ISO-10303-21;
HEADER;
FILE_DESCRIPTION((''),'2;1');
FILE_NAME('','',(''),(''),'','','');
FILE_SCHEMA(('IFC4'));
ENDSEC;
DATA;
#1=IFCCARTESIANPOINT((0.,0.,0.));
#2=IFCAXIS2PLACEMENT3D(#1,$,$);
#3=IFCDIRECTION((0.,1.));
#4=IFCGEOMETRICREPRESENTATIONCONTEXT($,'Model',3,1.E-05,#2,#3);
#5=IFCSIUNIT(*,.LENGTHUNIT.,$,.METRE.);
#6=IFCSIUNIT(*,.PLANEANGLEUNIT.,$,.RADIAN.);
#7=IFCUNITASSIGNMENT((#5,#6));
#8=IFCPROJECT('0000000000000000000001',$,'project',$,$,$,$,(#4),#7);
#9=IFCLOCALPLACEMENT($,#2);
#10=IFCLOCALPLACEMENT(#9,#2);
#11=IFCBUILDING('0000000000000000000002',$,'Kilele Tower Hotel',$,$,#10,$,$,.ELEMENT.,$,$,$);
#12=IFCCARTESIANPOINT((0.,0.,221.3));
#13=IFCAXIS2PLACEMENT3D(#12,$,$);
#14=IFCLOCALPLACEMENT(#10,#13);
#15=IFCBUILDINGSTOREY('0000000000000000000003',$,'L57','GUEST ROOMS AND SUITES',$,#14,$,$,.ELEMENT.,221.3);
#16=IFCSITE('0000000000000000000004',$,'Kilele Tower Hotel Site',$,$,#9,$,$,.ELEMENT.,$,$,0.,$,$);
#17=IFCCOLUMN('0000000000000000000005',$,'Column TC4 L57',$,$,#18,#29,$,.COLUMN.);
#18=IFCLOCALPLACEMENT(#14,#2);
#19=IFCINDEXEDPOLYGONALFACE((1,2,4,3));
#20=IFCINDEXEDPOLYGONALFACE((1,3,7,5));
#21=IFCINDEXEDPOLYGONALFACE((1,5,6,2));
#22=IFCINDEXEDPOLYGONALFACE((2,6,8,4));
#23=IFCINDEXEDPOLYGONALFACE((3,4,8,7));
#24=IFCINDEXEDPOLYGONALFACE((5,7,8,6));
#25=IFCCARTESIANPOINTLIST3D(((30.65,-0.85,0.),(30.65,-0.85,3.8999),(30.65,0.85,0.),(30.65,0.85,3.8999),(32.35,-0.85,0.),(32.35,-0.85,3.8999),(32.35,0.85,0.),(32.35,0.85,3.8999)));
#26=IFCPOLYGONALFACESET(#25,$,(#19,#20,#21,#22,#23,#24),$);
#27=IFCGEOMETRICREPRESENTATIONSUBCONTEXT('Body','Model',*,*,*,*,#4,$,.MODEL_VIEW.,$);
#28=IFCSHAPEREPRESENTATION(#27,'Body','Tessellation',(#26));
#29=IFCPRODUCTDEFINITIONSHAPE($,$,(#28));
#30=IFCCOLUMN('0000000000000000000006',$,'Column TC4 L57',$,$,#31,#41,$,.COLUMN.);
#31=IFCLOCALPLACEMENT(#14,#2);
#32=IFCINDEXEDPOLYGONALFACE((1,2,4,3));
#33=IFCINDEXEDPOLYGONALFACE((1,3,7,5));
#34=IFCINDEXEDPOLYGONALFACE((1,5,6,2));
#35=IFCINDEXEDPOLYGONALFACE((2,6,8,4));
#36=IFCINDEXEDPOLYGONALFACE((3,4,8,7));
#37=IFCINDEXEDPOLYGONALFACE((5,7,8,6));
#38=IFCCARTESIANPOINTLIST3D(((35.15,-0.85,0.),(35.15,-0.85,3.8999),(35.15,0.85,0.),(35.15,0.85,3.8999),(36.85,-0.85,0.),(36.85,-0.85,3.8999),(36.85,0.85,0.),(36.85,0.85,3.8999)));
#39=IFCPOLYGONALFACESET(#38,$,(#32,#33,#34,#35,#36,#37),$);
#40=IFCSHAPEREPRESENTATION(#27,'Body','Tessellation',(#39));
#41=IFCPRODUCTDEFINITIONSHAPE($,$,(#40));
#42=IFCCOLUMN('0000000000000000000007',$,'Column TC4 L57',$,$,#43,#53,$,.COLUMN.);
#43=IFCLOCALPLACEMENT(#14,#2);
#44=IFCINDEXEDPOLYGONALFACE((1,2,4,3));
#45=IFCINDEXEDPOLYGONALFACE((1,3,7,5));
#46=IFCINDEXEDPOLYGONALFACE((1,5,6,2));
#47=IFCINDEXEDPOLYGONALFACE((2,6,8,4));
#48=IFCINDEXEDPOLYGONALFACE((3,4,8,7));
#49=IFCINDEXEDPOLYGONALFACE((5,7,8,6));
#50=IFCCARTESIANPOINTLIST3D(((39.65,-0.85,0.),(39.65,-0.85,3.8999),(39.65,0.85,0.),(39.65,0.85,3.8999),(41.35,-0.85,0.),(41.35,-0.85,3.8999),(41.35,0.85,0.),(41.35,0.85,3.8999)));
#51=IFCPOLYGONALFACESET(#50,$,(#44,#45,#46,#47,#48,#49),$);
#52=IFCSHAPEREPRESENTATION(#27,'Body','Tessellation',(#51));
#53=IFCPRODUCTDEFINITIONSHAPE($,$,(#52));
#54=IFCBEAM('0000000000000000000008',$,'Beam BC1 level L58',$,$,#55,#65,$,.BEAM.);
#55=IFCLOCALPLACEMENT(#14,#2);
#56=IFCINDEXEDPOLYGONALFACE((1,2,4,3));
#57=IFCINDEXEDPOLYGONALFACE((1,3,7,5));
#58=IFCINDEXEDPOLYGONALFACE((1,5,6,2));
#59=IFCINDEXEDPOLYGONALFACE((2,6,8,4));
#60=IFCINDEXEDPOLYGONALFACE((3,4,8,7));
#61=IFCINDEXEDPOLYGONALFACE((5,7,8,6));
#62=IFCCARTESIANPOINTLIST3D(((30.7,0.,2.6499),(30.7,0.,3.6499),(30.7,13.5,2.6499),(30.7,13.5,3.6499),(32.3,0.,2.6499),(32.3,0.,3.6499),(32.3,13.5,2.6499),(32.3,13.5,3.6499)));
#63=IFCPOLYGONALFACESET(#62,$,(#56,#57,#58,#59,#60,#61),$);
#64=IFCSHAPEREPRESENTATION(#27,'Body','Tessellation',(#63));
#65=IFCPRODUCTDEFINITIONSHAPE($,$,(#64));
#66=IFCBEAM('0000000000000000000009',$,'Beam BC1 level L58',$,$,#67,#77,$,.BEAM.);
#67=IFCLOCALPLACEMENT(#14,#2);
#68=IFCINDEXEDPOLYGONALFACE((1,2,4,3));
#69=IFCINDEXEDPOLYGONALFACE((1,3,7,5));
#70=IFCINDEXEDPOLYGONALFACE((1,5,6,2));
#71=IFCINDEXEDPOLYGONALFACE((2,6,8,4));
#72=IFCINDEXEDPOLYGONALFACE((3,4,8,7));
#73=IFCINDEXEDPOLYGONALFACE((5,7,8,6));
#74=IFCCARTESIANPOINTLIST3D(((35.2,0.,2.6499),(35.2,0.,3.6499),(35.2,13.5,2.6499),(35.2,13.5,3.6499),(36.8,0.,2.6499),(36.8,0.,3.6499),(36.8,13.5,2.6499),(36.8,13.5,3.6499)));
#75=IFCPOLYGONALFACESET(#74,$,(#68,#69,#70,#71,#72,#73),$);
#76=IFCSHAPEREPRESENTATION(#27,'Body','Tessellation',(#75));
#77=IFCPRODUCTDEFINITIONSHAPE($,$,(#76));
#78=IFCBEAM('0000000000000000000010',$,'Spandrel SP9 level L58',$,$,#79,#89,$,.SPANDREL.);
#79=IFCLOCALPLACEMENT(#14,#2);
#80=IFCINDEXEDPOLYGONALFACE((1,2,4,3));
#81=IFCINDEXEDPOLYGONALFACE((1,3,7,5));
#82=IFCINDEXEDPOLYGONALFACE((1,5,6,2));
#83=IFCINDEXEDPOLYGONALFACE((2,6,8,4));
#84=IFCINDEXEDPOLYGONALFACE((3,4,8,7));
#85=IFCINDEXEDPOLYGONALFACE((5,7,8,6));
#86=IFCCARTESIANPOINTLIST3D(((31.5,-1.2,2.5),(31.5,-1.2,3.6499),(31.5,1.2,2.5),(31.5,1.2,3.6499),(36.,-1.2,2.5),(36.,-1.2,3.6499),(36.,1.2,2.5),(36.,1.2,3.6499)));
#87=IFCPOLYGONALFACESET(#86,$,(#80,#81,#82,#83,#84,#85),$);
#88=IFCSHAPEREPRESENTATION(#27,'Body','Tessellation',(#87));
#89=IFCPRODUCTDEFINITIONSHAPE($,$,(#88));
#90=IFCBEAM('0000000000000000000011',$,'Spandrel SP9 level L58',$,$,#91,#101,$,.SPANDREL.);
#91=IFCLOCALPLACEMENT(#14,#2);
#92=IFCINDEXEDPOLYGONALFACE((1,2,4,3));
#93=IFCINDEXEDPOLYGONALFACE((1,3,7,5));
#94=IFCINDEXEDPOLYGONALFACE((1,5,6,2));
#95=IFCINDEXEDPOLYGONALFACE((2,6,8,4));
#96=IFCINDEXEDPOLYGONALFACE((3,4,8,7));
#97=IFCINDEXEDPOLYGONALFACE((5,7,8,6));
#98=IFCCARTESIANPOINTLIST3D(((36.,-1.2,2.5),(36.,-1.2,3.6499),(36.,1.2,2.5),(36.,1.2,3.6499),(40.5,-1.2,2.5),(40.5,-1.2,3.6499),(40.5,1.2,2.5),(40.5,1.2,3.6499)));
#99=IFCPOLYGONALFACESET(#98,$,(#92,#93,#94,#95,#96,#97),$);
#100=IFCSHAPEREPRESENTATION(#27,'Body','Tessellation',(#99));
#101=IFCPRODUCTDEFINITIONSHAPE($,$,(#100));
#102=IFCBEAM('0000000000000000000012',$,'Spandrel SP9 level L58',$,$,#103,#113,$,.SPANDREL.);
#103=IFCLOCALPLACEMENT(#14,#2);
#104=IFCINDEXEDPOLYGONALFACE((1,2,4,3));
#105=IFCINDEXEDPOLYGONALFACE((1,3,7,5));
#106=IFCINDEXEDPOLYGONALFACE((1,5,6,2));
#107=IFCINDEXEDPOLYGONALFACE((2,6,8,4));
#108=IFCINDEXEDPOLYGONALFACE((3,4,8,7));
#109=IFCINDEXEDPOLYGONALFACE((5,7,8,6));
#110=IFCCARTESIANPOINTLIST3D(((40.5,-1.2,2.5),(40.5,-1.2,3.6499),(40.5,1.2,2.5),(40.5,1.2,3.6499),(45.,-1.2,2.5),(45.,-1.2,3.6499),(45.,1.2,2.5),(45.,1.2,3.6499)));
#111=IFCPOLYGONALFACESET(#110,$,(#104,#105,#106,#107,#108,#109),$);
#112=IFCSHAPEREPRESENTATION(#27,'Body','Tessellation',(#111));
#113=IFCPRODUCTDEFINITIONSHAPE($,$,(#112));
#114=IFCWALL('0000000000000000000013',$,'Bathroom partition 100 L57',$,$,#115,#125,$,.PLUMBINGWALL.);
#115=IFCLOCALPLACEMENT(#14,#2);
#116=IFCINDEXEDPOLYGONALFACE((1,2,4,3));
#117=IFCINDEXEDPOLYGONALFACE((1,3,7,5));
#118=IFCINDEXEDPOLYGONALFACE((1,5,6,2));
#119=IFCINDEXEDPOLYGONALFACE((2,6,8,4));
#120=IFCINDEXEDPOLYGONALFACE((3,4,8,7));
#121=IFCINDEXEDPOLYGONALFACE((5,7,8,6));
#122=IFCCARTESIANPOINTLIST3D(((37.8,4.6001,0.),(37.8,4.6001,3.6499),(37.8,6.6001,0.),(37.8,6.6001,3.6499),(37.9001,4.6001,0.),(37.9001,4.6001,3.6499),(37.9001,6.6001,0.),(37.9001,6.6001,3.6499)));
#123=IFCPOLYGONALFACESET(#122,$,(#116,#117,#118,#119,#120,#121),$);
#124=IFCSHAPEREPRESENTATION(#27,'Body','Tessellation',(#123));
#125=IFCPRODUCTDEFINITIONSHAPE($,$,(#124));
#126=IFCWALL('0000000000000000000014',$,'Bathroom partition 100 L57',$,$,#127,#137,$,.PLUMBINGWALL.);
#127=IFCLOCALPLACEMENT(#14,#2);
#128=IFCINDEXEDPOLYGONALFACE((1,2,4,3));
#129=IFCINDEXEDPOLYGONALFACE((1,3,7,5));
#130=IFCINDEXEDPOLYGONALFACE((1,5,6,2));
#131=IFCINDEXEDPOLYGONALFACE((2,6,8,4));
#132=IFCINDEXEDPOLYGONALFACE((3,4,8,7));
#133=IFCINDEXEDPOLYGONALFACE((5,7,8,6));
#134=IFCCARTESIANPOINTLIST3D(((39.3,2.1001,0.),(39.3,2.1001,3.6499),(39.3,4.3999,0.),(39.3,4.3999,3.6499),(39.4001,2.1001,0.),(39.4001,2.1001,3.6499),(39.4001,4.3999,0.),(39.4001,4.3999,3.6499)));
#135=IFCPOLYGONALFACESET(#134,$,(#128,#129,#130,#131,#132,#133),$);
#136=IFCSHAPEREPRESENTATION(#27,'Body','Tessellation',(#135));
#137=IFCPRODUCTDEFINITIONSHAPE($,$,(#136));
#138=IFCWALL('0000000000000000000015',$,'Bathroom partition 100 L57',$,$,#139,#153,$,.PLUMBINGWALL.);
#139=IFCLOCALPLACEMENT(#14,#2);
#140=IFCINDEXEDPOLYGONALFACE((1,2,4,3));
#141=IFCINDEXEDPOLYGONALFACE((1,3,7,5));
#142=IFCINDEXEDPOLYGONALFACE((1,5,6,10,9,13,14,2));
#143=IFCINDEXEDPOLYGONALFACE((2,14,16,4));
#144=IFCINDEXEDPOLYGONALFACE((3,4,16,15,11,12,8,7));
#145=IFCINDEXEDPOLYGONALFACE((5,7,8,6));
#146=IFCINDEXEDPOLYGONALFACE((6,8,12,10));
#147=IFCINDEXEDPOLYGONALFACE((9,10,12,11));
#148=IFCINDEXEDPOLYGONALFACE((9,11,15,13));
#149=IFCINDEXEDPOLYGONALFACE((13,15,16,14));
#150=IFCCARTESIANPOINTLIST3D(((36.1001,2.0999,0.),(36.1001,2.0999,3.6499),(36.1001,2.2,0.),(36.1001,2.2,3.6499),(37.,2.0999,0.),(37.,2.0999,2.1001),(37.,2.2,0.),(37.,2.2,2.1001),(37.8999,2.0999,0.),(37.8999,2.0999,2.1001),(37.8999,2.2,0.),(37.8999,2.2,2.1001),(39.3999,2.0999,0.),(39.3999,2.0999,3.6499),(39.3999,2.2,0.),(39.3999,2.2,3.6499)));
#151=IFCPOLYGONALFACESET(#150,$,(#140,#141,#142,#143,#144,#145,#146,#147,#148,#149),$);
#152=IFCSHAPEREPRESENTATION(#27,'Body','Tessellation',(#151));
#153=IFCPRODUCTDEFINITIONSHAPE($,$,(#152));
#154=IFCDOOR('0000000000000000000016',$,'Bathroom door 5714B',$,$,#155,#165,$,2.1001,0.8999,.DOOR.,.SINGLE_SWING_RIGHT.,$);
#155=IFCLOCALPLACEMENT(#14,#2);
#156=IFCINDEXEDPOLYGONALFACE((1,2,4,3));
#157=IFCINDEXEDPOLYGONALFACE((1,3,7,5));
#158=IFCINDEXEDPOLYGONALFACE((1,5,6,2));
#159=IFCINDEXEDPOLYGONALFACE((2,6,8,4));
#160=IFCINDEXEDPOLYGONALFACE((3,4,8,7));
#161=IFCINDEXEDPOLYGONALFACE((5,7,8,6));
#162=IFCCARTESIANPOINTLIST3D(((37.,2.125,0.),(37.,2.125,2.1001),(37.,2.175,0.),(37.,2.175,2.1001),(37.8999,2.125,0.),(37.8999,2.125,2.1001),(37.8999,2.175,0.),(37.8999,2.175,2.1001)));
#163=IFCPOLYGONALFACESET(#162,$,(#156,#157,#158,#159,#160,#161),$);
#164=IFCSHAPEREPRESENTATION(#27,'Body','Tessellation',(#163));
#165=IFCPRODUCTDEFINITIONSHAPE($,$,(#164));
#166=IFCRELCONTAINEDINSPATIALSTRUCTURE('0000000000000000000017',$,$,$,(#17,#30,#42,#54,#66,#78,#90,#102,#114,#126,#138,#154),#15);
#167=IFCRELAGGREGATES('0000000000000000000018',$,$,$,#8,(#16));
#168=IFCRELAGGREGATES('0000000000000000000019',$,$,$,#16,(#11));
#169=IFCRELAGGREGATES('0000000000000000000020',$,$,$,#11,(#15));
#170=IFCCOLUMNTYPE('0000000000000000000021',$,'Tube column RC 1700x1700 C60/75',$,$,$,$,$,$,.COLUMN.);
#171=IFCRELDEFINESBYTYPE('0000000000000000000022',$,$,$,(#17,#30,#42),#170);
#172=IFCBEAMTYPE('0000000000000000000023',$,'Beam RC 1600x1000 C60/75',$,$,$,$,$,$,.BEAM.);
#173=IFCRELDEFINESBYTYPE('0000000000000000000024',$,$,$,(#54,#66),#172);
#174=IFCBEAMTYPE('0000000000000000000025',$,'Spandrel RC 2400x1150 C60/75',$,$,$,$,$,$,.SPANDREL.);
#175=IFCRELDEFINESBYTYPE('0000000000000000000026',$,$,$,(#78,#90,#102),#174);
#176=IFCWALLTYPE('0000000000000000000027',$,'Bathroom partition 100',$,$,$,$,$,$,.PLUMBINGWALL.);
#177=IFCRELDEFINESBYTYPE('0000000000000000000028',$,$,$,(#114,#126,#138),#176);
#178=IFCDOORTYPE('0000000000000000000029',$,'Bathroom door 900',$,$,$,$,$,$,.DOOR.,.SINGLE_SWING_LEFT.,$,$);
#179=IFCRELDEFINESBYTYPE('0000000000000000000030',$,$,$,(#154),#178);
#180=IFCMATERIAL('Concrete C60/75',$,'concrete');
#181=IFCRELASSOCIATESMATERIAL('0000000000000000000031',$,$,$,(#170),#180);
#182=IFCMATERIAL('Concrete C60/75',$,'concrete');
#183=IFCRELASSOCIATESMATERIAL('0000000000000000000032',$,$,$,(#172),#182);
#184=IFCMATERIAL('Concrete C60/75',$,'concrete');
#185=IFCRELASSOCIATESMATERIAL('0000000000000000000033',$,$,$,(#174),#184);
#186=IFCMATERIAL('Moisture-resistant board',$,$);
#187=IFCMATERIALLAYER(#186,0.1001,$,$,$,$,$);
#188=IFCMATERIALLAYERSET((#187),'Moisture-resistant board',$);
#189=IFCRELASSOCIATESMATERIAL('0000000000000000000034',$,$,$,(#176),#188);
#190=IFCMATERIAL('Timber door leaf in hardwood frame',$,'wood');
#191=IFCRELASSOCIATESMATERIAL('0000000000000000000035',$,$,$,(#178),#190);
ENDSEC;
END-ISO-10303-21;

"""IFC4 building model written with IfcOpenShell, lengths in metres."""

from ifc_helpers import new_model, si_unit, direction, frame, frame_2d, origin, origin_2d, place, context, subcontext, project, spatial, rectangle, extrude, material, layer, layer_set, material_profile, profile_set, type_object, element, fill, save


model = new_model("IFC4")

# Units and contexts
model_context = context("Model", 3, precision=1e-05, world=origin(), true_north=direction((0.0, 1.0)))
body_context = subcontext(model_context, "Body", "Model", "MODEL_VIEW")
ifc_project = project(units=[si_unit("LENGTHUNIT", "METRE"), si_unit("PLANEANGLEUNIT", "RADIAN")], contexts=[model_context])

# Site, building, storey
site_placement = place(None, origin())
site = spatial("IfcSite", under=ifc_project, at=site_placement, Name="Kilele Tower Hotel Site", CompositionType="ELEMENT", RefElevation=0.0)
building_placement = place(site_placement, origin())
building = spatial("IfcBuilding", under=site, at=building_placement, Name="Kilele Tower Hotel", CompositionType="ELEMENT")
storey_placement = place(building_placement, frame((0.0, 0.0, 221.3)))
storey = spatial("IfcBuildingStorey", under=building, at=storey_placement, Name="L57", Description="GUEST ROOMS AND SUITES", CompositionType="ELEMENT", Elevation=221.3)

# Columns
ifc_material_1 = material(Name="Concrete C60/75", Category="concrete")
ifc_material_profile_1 = material_profile(ifc_material_1, rectangle(XDim=1.7, YDim=1.7, at=origin_2d()))
ifc_profile_set_1 = profile_set([ifc_material_profile_1], Name="Concrete C60/75")
column_type = type_object("IfcColumnType", Name="Tube column RC 1700x1700 C60/75", PredefinedType="COLUMN", material=ifc_profile_set_1)
for number, where, z_axis, x_axis, name in (
    (1, (31.5, 0.0, 0.0), (0.0, 0.0, 1.0), (1.0, 0.0, 0.0), "Column TC4 L57"),
    (2, (36.0, 0.0, 0.0), (0.0, 0.0, 1.0), (1.0, 0.0, 0.0), "Column TC4 L57"),
    (3, (40.5, 0.0, 0.0), (0.0, 0.0, 1.0), (1.0, 0.0, 0.0), "Column TC4 L57"),
):
    element("IfcColumn", number, at=place(storey_placement, frame(where, z_axis=z_axis, x_axis=x_axis)), inside=storey, type_object=column_type, Name=name, PredefinedType="COLUMN", context=body_context, shape_type="SweptSolid", body=[
        extrude(rectangle(XDim=1.7, YDim=1.7, at=origin_2d()), origin(), (0.0, 0.0, 1.0), 3.8999),
    ])

# Beams
ifc_material_2 = material(Name="Concrete C60/75", Category="concrete")
ifc_material_profile_2 = material_profile(ifc_material_2, rectangle(XDim=1.6001, YDim=1.0, at=origin_2d()))
ifc_profile_set_2 = profile_set([ifc_material_profile_2], Name="Concrete C60/75")
beam_type_1 = type_object("IfcBeamType", Name="Beam RC 1600x1000 C60/75", PredefinedType="BEAM", material=ifc_profile_set_2)
for number, where, z_axis, x_axis, name in (
    (4, (31.5, 0.0, 3.1499), (0.0, 1.0, 0.0), (-1.0, 0.0, 0.0), "Beam BC1 level L58"),
    (5, (36.0, 0.0, 3.1499), (0.0, 1.0, 0.0), (-1.0, 0.0, 0.0), "Beam BC1 level L58"),
):
    element("IfcBeam", number, at=place(storey_placement, frame(where, z_axis=z_axis, x_axis=x_axis)), inside=storey, type_object=beam_type_1, Name=name, PredefinedType="BEAM", context=body_context, shape_type="SweptSolid", body=[
        extrude(rectangle(XDim=1.6001, YDim=1.0, at=origin_2d()), origin(), (0.0, 0.0, 1.0), 13.5),
    ])
ifc_material_3 = material(Name="Concrete C60/75", Category="concrete")
ifc_material_profile_3 = material_profile(ifc_material_3, rectangle(XDim=2.3999, YDim=1.1499, at=origin_2d()))
ifc_profile_set_3 = profile_set([ifc_material_profile_3], Name="Concrete C60/75")
beam_type_2 = type_object("IfcBeamType", Name="Spandrel RC 2400x1150 C60/75", PredefinedType="SPANDREL", material=ifc_profile_set_3)
for number, where, z_axis, x_axis, name in (
    (6, (31.5, 0.0, 3.075), (1.0, 0.0, 0.0), (0.0, 1.0, 0.0), "Spandrel SP9 level L58"),
    (7, (36.0, 0.0, 3.075), (1.0, 0.0, 0.0), (0.0, 1.0, 0.0), "Spandrel SP9 level L58"),
    (8, (40.5, 0.0, 3.075), (1.0, 0.0, 0.0), (0.0, 1.0, 0.0), "Spandrel SP9 level L58"),
):
    element("IfcBeam", number, at=place(storey_placement, frame(where, z_axis=z_axis, x_axis=x_axis)), inside=storey, type_object=beam_type_2, Name=name, PredefinedType="SPANDREL", context=body_context, shape_type="SweptSolid", body=[
        extrude(rectangle(XDim=2.3999, YDim=1.1499, at=origin_2d()), origin(), (0.0, 0.0, 1.0), 4.5),
    ])

# Walls
ifc_material_4 = material(Name="Moisture-resistant board")
ifc_layer_1 = layer(ifc_material_4, 0.1001)
ifc_layer_set_1 = layer_set([ifc_layer_1], Name="Moisture-resistant board")
wall_type_1 = type_object("IfcWallType", Name="Bathroom partition 100", PredefinedType="PLUMBINGWALL", material=ifc_layer_set_1)
wall_1_placement = place(storey_placement, frame((37.8501, 4.6001, 0.0), z_axis=(0.0, 0.0, 1.0), x_axis=(0.0, 1.0, 0.0)))
element("IfcWall", 9, at=wall_1_placement, inside=storey, type_object=wall_type_1, Name="Bathroom partition 100 L57", PredefinedType="PLUMBINGWALL", context=body_context, shape_type="SweptSolid", body=[
    extrude(rectangle(XDim=2.0, YDim=0.1001, at=frame_2d((1.0, 0.0))), origin(), (0.0, 0.0, 1.0), 3.6499),
])
wall_2_placement = place(storey_placement, frame((39.3501, 4.3999, 0.0), z_axis=(0.0, 0.0, 1.0), x_axis=(0.0, -1.0, 0.0)))
element("IfcWall", 10, at=wall_2_placement, inside=storey, type_object=wall_type_1, Name="Bathroom partition 100 L57", PredefinedType="PLUMBINGWALL", context=body_context, shape_type="SweptSolid", body=[
    extrude(rectangle(XDim=2.2998, YDim=0.1001, at=frame_2d((1.1499, 0.0))), origin(), (0.0, 0.0, 1.0), 3.6499),
])

# Wall, opening, door
wall_3_placement = place(storey_placement, frame((36.1001, 2.1499, 0.0), z_axis=(0.0, 0.0, 1.0), x_axis=(1.0, 0.0, 0.0)))
wall_3 = element("IfcWall", 11, at=wall_3_placement, inside=storey, type_object=wall_type_1, Name="Bathroom partition 100 L57", PredefinedType="PLUMBINGWALL", context=body_context, shape_type="SweptSolid", body=[
    extrude(rectangle(XDim=3.2998, YDim=0.1001, at=frame_2d((1.6499, 0.0))), origin(), (0.0, 0.0, 1.0), 3.6499),
])
opening_1_placement = place(wall_3_placement, frame((1.7998, 0.0, 0.0), z_axis=(0.0, 0.0, 1.0), x_axis=(-1.0, 0.0, 0.0)))
opening_1 = element("IfcOpeningElement", 12, at=opening_1_placement, cuts=wall_3, PredefinedType="OPENING", context=body_context, shape_type="SweptSolid", body=[
    extrude(rectangle(XDim=0.8999, YDim=2.1001, at=frame_2d((0.45, 1.05))), frame((0.0, 0.0601, 0.0), z_axis=(0.0, -1.0, 0.0), x_axis=(1.0, 0.0, 0.0)), (0.0, 0.0, 1.0), 0.1201),
])
ifc_material_5 = material(Name="Timber door leaf in hardwood frame", Category="wood")
door_type_1 = type_object("IfcDoorType", Name="Bathroom door 900", OperationType="SINGLE_SWING_LEFT", PredefinedType="DOOR", material=ifc_material_5)
door_1_placement = place(opening_1_placement, origin())
door_1 = element("IfcDoor", 13, at=door_1_placement, inside=storey, type_object=door_type_1, Name="Bathroom door 5714B", OperationType="SINGLE_SWING_RIGHT", OverallHeight=2.1001, OverallWidth=0.8999, PredefinedType="DOOR", context=body_context, shape_type="SweptSolid", body=[
    extrude(rectangle(XDim=0.8999, YDim=2.1001, at=frame_2d((0.45, 1.05))), frame((0.0, 0.0249, 0.0), z_axis=(0.0, -1.0, 0.0), x_axis=(1.0, 0.0, 0.0)), (0.0, 0.0, 1.0), 0.05),
])
fill(opening_1, door_1)

save(model, "model.ifc")
